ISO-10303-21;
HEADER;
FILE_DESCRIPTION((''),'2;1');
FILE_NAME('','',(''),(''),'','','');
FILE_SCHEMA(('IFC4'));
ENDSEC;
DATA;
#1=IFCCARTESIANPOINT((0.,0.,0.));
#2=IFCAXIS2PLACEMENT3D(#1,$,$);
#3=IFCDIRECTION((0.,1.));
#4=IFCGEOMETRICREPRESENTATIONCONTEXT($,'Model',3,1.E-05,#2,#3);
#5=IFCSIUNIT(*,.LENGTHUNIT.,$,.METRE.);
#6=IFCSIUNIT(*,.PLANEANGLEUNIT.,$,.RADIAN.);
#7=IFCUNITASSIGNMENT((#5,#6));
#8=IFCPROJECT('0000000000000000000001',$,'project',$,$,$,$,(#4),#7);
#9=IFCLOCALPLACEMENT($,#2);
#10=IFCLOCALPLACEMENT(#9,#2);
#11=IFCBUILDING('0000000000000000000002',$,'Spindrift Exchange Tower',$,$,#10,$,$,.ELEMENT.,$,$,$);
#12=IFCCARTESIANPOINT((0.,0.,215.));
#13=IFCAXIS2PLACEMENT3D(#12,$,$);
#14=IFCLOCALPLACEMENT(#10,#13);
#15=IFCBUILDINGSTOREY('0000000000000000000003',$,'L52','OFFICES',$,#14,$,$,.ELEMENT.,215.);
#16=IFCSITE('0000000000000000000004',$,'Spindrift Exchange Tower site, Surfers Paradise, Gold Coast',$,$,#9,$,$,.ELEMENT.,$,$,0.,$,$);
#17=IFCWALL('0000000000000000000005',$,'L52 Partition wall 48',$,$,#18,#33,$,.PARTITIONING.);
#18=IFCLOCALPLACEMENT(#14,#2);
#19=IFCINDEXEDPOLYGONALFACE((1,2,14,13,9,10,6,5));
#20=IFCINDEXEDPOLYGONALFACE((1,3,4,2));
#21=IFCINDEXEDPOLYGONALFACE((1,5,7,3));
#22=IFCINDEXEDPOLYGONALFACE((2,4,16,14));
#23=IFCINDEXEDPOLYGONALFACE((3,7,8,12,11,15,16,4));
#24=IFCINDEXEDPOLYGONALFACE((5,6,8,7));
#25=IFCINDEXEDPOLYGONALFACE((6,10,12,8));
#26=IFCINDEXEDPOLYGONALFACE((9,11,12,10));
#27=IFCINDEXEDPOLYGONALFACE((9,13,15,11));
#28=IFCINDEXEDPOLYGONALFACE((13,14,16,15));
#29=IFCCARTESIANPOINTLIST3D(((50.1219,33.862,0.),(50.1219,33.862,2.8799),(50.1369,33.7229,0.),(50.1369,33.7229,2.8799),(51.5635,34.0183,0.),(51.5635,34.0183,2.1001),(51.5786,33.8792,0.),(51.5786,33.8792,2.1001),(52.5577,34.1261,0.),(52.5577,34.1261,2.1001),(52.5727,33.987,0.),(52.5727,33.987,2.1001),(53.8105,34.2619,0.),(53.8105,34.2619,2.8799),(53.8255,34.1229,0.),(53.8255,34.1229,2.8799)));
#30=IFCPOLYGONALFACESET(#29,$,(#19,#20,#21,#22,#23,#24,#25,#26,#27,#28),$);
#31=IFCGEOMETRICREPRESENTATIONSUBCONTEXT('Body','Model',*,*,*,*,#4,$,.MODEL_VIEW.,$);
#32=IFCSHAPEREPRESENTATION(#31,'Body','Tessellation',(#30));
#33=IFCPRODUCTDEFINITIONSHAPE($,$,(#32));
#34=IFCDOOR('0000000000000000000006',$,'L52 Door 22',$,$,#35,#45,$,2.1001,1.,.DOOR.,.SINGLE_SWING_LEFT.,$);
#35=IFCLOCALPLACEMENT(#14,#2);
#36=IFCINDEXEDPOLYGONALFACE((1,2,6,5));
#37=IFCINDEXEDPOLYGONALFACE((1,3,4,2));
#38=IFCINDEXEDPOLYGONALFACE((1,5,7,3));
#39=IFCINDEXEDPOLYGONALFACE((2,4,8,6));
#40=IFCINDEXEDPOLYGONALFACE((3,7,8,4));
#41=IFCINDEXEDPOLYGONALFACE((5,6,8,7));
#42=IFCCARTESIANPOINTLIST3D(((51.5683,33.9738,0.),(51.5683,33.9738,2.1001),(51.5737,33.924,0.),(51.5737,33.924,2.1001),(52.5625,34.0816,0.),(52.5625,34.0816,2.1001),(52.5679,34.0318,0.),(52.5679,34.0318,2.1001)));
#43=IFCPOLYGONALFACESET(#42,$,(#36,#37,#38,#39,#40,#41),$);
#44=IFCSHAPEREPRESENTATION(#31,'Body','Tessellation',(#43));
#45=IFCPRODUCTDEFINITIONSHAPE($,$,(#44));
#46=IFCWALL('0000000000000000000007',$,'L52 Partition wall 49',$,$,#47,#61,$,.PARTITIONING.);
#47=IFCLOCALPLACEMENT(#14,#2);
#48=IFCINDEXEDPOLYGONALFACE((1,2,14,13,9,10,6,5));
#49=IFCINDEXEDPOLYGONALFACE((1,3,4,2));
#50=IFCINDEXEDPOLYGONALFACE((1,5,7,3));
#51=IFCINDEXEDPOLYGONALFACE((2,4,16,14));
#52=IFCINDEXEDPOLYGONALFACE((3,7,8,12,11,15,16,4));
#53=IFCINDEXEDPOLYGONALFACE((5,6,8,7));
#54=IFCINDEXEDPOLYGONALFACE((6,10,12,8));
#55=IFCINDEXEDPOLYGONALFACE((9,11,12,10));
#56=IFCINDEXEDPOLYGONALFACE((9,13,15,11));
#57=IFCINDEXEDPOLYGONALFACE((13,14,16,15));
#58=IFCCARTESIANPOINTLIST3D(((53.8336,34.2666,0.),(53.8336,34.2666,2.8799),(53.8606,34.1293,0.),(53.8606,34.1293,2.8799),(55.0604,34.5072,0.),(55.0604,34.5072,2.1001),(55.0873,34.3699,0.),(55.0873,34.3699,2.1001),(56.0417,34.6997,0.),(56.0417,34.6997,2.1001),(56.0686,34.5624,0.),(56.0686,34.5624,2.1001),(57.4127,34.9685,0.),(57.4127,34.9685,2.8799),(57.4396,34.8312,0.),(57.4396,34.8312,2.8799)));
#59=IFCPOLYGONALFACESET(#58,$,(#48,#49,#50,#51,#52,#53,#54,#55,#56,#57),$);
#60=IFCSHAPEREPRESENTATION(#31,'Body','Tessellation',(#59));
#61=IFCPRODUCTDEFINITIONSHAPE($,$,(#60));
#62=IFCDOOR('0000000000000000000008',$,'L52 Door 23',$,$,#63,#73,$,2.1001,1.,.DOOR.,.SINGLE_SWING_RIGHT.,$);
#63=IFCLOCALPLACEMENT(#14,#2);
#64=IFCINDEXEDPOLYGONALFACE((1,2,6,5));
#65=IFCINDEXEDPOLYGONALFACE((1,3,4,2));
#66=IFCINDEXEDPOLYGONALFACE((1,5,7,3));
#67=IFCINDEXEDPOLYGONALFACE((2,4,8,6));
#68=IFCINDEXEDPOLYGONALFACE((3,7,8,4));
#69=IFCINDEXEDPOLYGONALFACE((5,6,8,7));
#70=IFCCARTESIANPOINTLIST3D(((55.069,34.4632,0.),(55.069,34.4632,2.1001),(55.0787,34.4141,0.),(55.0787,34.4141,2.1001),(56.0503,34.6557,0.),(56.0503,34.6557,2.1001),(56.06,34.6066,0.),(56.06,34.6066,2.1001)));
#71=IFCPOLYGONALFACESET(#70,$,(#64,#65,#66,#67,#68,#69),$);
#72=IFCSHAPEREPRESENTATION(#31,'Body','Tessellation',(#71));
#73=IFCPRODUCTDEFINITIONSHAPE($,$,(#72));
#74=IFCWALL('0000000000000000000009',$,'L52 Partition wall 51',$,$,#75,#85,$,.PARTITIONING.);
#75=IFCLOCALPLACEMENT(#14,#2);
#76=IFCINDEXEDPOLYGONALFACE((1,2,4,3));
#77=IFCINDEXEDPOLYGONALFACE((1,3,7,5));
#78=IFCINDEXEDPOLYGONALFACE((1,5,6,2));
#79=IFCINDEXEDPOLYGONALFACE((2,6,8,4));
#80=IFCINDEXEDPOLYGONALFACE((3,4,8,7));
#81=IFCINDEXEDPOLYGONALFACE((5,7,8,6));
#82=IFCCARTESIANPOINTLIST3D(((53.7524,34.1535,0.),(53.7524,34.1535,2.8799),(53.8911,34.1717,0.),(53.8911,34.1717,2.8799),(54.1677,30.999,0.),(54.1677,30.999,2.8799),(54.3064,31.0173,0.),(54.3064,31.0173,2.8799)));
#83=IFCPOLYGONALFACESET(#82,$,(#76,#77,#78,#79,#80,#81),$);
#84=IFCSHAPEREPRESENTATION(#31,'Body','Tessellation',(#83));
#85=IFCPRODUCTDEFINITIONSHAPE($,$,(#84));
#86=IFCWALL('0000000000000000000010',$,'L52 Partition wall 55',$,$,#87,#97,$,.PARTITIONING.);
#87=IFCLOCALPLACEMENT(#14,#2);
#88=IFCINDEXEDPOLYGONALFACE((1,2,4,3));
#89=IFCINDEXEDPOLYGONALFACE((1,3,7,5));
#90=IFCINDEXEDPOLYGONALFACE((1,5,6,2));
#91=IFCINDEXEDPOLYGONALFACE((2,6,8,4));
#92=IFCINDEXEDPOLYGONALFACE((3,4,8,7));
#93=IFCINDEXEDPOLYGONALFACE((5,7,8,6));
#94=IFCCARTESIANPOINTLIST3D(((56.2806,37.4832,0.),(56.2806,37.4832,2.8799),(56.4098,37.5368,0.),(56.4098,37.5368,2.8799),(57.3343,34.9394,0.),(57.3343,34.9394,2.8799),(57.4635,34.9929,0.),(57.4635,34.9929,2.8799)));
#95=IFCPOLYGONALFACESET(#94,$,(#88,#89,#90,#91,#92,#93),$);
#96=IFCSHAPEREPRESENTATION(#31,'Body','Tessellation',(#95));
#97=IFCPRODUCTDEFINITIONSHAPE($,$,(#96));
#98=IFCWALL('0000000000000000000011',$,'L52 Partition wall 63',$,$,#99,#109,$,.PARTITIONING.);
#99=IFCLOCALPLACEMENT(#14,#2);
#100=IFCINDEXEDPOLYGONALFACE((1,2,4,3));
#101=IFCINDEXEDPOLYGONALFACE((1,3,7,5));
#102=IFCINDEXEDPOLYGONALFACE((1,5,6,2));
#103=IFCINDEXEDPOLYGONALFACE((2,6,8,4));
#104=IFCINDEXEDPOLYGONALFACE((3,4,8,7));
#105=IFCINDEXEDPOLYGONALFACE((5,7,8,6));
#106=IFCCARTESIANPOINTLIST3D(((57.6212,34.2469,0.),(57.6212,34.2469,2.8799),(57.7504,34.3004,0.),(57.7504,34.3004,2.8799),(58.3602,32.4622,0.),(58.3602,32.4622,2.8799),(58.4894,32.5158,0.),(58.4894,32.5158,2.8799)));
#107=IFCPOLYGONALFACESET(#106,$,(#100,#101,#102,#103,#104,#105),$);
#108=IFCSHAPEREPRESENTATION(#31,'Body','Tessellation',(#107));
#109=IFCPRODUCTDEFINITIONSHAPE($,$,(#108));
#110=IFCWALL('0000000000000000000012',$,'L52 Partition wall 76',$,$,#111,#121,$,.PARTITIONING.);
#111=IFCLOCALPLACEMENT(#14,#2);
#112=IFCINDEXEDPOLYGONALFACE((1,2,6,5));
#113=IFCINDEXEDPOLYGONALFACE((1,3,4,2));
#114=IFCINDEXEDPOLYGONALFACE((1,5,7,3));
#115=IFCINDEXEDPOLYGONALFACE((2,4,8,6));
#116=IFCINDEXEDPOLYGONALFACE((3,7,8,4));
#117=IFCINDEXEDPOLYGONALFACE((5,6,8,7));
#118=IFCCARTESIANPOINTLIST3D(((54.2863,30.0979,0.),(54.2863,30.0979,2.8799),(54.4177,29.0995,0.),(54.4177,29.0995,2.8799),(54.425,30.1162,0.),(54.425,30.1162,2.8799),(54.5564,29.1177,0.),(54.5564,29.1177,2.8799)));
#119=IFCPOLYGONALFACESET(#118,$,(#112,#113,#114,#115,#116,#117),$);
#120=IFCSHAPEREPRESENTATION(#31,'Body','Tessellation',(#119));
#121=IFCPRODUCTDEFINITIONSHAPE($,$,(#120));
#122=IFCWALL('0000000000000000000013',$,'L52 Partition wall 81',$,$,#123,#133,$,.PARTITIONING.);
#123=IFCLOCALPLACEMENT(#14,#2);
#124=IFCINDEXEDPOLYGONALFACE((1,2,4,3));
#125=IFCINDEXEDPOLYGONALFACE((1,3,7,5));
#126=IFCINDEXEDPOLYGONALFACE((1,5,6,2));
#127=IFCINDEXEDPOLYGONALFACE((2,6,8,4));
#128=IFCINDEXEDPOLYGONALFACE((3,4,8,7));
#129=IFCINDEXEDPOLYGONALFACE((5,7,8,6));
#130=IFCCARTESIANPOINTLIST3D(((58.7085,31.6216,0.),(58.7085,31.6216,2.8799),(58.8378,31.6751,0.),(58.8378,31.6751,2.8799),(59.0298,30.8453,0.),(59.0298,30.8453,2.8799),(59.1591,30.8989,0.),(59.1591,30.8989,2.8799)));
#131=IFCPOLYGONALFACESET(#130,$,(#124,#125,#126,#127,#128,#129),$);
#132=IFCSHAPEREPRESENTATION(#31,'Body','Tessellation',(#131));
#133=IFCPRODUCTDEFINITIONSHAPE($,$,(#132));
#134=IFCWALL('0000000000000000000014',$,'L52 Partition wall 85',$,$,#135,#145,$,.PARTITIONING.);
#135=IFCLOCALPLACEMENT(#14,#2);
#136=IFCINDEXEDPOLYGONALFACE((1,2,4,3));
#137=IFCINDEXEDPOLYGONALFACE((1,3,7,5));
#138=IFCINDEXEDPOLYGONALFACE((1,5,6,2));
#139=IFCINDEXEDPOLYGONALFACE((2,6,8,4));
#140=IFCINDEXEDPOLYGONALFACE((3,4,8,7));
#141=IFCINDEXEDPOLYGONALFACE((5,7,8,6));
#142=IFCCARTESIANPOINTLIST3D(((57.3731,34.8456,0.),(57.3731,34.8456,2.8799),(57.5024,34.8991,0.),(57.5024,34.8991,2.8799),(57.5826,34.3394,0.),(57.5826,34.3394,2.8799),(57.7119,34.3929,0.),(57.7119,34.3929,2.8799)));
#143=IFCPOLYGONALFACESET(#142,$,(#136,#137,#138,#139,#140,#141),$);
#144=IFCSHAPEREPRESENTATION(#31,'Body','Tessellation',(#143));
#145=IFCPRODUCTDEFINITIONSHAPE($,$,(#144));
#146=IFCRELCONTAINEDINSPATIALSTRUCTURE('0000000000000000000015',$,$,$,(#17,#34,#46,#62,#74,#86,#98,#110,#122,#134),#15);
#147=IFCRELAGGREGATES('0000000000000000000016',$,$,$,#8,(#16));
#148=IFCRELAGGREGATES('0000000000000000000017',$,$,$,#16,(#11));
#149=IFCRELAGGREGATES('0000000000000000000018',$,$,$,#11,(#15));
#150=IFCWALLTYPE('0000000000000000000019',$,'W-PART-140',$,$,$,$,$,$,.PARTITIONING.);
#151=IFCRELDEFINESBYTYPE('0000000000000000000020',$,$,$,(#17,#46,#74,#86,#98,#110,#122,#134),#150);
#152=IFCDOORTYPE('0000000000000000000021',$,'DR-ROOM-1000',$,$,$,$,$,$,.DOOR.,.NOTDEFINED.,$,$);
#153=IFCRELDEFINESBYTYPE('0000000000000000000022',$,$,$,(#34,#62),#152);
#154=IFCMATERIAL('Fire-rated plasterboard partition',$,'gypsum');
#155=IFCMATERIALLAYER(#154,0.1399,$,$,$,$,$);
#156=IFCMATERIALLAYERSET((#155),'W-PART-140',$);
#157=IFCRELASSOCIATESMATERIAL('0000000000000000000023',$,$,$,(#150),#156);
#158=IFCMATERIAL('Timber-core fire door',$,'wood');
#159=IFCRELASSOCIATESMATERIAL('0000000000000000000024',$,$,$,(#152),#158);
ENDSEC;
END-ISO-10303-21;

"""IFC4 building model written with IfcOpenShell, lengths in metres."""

from ifc_helpers import new_model, si_unit, direction, frame, frame_2d, origin, place, context, subcontext, project, spatial, rectangle, extrude, source, transform, mapped, material, layer, layer_set, type_object, element, fill, save


model = new_model("IFC4")

# Units and contexts
model_context = context("Model", 3, precision=1e-05, world=origin(), true_north=direction((0.0, 1.0)))
body_context = subcontext(model_context, "Body", "Model", "MODEL_VIEW")
ifc_project = project(units=[si_unit("LENGTHUNIT", "METRE"), si_unit("PLANEANGLEUNIT", "RADIAN")], contexts=[model_context])

# Site, building, storey
site_placement = place(None, origin())
site = spatial("IfcSite", under=ifc_project, at=site_placement, Name="Spindrift Exchange Tower site, Surfers Paradise, Gold Coast", CompositionType="ELEMENT", RefElevation=0.0)
building_placement = place(site_placement, origin())
building = spatial("IfcBuilding", under=site, at=building_placement, Name="Spindrift Exchange Tower", CompositionType="ELEMENT")
storey_placement = place(building_placement, frame((0.0, 0.0, 215.0)))
storey = spatial("IfcBuildingStorey", under=building, at=storey_placement, Name="L52", Description="OFFICES", CompositionType="ELEMENT", Elevation=215.0)

# Walls, openings, doors
ifc_material_1 = material(Name="Fire-rated plasterboard partition", Category="gypsum")
ifc_layer_1 = layer(ifc_material_1, 0.1399)
ifc_layer_set_1 = layer_set([ifc_layer_1], Name="W-PART-140")
wall_type = type_object("IfcWallType", Name="W-PART-140", PredefinedType="PARTITIONING", material=ifc_layer_set_1)
wall_1_placement = place(storey_placement, frame((53.8179, 34.1924, 0.0), z_axis=(0.0, 0.0, 1.0), x_axis=(-0.994174, -0.107788, 0.0)))
wall_1 = element("IfcWall", 1, at=wall_1_placement, inside=storey, type_object=wall_type, Name="L52 Partition wall 48", PredefinedType="PARTITIONING", context=body_context, shape_type="SweptSolid", body=[
    extrude(rectangle(XDim=3.7102, YDim=0.1399, at=frame_2d((1.855, 0.0))), origin(), (0.0, 0.0, 1.0), 2.8799),
])
opening_1_placement = place(wall_1_placement, frame((1.26, 0.0, 0.0)))
opening_1 = element("IfcOpeningElement", 2, at=opening_1_placement, cuts=wall_1, PredefinedType="OPENING", context=body_context, shape_type="SweptSolid", body=[
    extrude(rectangle(XDim=1.0, YDim=2.1001, at=frame_2d((0.5, 1.05))), frame((0.0, 0.0798, 0.0), z_axis=(0.0, -1.0, 0.0), x_axis=(1.0, 0.0, 0.0)), (0.0, 0.0, 1.0), 0.1599),
])
ifc_material_2 = material(Name="Timber-core fire door", Category="wood")
door_type = type_object("IfcDoorType", Name="DR-ROOM-1000", OperationType="NOTDEFINED", PredefinedType="DOOR", material=ifc_material_2)
shared_shape_1 = source(origin(), body_context, "Body", "SweptSolid", [
    extrude(rectangle(XDim=1.0, YDim=2.1001, at=frame_2d((0.5, 1.05))), frame((0.0, 0.0249, 0.0), z_axis=(0.0, -1.0, 0.0), x_axis=(1.0, 0.0, 0.0)), (0.0, 0.0, 1.0), 0.05),
])
door_1_placement = place(opening_1_placement, origin())
door_1 = element("IfcDoor", 3, at=door_1_placement, inside=storey, type_object=door_type, Name="L52 Door 22", OperationType="SINGLE_SWING_LEFT", OverallHeight=2.1001, OverallWidth=1.0, PredefinedType="DOOR", context=body_context, shape_type="MappedRepresentation", body=[
    mapped(shared_shape_1, transform((0.0, 0.0, 0.0), scale=1.0)),
])
fill(opening_1, door_1)
wall_2_placement = place(storey_placement, frame((57.4263, 34.8999, 0.0), z_axis=(0.0, 0.0, 1.0), x_axis=(-0.981308, -0.192446, 0.0)))
wall_2 = element("IfcWall", 4, at=wall_2_placement, inside=storey, type_object=wall_type, Name="L52 Partition wall 49", PredefinedType="PARTITIONING", context=body_context, shape_type="SweptSolid", body=[
    extrude(rectangle(XDim=3.6472, YDim=0.1399, at=frame_2d((1.8237, 0.0))), origin(), (0.0, 0.0, 1.0), 2.8799),
])
opening_2_placement = place(wall_2_placement, frame((1.3972, 0.0, 0.0)))
opening_2 = element("IfcOpeningElement", 5, at=opening_2_placement, cuts=wall_2, PredefinedType="OPENING", context=body_context, shape_type="SweptSolid", body=[
    extrude(rectangle(XDim=1.0, YDim=2.1001, at=frame_2d((0.5, 1.05))), frame((0.0, 0.0798, 0.0), z_axis=(0.0, -1.0, 0.0), x_axis=(1.0, 0.0, 0.0)), (0.0, 0.0, 1.0), 0.1599),
])
door_2_placement = place(opening_2_placement, origin())
door_2 = element("IfcDoor", 6, at=door_2_placement, inside=storey, type_object=door_type, Name="L52 Door 23", OperationType="SINGLE_SWING_RIGHT", OverallHeight=2.1001, OverallWidth=1.0, PredefinedType="DOOR", context=body_context, shape_type="MappedRepresentation", body=[
    mapped(shared_shape_1, transform((0.0, 0.0, 0.0), scale=1.0)),
])
fill(opening_2, door_2)

# Walls
wall_3_placement = place(storey_placement, frame((53.8218, 34.1626, 0.0), z_axis=(0.0, 0.0, 1.0), x_axis=(0.13052, -0.991446, 0.0)))
element("IfcWall", 7, at=wall_3_placement, inside=storey, type_object=wall_type, Name="L52 Partition wall 51", PredefinedType="PARTITIONING", context=body_context, shape_type="SweptSolid", body=[
    extrude(rectangle(XDim=3.1816, YDim=0.1399, at=frame_2d((1.5908, 0.0))), origin(), (0.0, 0.0, 1.0), 2.8799),
])
wall_4_placement = place(storey_placement, frame((56.3452, 37.51, 0.0), z_axis=(0.0, 0.0, 1.0), x_axis=(0.382675, -0.923883, 0.0)))
element("IfcWall", 8, at=wall_4_placement, inside=storey, type_object=wall_type, Name="L52 Partition wall 55", PredefinedType="PARTITIONING", context=body_context, shape_type="SweptSolid", body=[
    extrude(rectangle(XDim=2.7534, YDim=0.1399, at=frame_2d((1.3767, 0.0))), origin(), (0.0, 0.0, 1.0), 2.8799),
])
wall_5_placement = place(storey_placement, frame((57.6858, 34.2737, 0.0), z_axis=(0.0, 0.0, 1.0), x_axis=(0.382586, -0.92392, 0.0)))
element("IfcWall", 9, at=wall_5_placement, inside=storey, type_object=wall_type, Name="L52 Partition wall 63", PredefinedType="PARTITIONING", context=body_context, shape_type="SweptSolid", body=[
    extrude(rectangle(XDim=1.9316, YDim=0.1399, at=frame_2d((0.9658, 0.0))), origin(), (0.0, 0.0, 1.0), 2.8799),
])
wall_6_placement = place(storey_placement, frame((54.3557, 30.1069, 0.0), z_axis=(0.0, 0.0, 1.0), x_axis=(0.130417, -0.991459, 0.0)))
element("IfcWall", 10, at=wall_6_placement, inside=storey, type_object=wall_type, Name="L52 Partition wall 76", PredefinedType="PARTITIONING", context=body_context, shape_type="SweptSolid", body=[
    extrude(rectangle(XDim=1.0071, YDim=0.1399, at=frame_2d((0.5034, 0.0))), origin(), (0.0, 0.0, 1.0), 2.8799),
])
wall_7_placement = place(storey_placement, frame((58.7732, 31.6482, 0.0), z_axis=(0.0, 0.0, 1.0), x_axis=(0.382489, -0.92396, 0.0)))
element("IfcWall", 11, at=wall_7_placement, inside=storey, type_object=wall_type, Name="L52 Partition wall 81", PredefinedType="PARTITIONING", context=body_context, shape_type="SweptSolid", body=[
    extrude(rectangle(XDim=0.8401, YDim=0.1399, at=frame_2d((0.4199, 0.0))), origin(), (0.0, 0.0, 1.0), 2.8799),
])
wall_8_placement = place(storey_placement, frame((57.4377, 34.8723, 0.0), z_axis=(0.0, 0.0, 1.0), x_axis=(0.382431, -0.923984, 0.0)))
element("IfcWall", 12, at=wall_8_placement, inside=storey, type_object=wall_type, Name="L52 Partition wall 85", PredefinedType="PARTITIONING", context=body_context, shape_type="SweptSolid", body=[
    extrude(rectangle(XDim=0.5479, YDim=0.1399, at=frame_2d((0.2739, 0.0))), origin(), (0.0, 0.0, 1.0), 2.8799),
])

save(model, "model.ifc")
